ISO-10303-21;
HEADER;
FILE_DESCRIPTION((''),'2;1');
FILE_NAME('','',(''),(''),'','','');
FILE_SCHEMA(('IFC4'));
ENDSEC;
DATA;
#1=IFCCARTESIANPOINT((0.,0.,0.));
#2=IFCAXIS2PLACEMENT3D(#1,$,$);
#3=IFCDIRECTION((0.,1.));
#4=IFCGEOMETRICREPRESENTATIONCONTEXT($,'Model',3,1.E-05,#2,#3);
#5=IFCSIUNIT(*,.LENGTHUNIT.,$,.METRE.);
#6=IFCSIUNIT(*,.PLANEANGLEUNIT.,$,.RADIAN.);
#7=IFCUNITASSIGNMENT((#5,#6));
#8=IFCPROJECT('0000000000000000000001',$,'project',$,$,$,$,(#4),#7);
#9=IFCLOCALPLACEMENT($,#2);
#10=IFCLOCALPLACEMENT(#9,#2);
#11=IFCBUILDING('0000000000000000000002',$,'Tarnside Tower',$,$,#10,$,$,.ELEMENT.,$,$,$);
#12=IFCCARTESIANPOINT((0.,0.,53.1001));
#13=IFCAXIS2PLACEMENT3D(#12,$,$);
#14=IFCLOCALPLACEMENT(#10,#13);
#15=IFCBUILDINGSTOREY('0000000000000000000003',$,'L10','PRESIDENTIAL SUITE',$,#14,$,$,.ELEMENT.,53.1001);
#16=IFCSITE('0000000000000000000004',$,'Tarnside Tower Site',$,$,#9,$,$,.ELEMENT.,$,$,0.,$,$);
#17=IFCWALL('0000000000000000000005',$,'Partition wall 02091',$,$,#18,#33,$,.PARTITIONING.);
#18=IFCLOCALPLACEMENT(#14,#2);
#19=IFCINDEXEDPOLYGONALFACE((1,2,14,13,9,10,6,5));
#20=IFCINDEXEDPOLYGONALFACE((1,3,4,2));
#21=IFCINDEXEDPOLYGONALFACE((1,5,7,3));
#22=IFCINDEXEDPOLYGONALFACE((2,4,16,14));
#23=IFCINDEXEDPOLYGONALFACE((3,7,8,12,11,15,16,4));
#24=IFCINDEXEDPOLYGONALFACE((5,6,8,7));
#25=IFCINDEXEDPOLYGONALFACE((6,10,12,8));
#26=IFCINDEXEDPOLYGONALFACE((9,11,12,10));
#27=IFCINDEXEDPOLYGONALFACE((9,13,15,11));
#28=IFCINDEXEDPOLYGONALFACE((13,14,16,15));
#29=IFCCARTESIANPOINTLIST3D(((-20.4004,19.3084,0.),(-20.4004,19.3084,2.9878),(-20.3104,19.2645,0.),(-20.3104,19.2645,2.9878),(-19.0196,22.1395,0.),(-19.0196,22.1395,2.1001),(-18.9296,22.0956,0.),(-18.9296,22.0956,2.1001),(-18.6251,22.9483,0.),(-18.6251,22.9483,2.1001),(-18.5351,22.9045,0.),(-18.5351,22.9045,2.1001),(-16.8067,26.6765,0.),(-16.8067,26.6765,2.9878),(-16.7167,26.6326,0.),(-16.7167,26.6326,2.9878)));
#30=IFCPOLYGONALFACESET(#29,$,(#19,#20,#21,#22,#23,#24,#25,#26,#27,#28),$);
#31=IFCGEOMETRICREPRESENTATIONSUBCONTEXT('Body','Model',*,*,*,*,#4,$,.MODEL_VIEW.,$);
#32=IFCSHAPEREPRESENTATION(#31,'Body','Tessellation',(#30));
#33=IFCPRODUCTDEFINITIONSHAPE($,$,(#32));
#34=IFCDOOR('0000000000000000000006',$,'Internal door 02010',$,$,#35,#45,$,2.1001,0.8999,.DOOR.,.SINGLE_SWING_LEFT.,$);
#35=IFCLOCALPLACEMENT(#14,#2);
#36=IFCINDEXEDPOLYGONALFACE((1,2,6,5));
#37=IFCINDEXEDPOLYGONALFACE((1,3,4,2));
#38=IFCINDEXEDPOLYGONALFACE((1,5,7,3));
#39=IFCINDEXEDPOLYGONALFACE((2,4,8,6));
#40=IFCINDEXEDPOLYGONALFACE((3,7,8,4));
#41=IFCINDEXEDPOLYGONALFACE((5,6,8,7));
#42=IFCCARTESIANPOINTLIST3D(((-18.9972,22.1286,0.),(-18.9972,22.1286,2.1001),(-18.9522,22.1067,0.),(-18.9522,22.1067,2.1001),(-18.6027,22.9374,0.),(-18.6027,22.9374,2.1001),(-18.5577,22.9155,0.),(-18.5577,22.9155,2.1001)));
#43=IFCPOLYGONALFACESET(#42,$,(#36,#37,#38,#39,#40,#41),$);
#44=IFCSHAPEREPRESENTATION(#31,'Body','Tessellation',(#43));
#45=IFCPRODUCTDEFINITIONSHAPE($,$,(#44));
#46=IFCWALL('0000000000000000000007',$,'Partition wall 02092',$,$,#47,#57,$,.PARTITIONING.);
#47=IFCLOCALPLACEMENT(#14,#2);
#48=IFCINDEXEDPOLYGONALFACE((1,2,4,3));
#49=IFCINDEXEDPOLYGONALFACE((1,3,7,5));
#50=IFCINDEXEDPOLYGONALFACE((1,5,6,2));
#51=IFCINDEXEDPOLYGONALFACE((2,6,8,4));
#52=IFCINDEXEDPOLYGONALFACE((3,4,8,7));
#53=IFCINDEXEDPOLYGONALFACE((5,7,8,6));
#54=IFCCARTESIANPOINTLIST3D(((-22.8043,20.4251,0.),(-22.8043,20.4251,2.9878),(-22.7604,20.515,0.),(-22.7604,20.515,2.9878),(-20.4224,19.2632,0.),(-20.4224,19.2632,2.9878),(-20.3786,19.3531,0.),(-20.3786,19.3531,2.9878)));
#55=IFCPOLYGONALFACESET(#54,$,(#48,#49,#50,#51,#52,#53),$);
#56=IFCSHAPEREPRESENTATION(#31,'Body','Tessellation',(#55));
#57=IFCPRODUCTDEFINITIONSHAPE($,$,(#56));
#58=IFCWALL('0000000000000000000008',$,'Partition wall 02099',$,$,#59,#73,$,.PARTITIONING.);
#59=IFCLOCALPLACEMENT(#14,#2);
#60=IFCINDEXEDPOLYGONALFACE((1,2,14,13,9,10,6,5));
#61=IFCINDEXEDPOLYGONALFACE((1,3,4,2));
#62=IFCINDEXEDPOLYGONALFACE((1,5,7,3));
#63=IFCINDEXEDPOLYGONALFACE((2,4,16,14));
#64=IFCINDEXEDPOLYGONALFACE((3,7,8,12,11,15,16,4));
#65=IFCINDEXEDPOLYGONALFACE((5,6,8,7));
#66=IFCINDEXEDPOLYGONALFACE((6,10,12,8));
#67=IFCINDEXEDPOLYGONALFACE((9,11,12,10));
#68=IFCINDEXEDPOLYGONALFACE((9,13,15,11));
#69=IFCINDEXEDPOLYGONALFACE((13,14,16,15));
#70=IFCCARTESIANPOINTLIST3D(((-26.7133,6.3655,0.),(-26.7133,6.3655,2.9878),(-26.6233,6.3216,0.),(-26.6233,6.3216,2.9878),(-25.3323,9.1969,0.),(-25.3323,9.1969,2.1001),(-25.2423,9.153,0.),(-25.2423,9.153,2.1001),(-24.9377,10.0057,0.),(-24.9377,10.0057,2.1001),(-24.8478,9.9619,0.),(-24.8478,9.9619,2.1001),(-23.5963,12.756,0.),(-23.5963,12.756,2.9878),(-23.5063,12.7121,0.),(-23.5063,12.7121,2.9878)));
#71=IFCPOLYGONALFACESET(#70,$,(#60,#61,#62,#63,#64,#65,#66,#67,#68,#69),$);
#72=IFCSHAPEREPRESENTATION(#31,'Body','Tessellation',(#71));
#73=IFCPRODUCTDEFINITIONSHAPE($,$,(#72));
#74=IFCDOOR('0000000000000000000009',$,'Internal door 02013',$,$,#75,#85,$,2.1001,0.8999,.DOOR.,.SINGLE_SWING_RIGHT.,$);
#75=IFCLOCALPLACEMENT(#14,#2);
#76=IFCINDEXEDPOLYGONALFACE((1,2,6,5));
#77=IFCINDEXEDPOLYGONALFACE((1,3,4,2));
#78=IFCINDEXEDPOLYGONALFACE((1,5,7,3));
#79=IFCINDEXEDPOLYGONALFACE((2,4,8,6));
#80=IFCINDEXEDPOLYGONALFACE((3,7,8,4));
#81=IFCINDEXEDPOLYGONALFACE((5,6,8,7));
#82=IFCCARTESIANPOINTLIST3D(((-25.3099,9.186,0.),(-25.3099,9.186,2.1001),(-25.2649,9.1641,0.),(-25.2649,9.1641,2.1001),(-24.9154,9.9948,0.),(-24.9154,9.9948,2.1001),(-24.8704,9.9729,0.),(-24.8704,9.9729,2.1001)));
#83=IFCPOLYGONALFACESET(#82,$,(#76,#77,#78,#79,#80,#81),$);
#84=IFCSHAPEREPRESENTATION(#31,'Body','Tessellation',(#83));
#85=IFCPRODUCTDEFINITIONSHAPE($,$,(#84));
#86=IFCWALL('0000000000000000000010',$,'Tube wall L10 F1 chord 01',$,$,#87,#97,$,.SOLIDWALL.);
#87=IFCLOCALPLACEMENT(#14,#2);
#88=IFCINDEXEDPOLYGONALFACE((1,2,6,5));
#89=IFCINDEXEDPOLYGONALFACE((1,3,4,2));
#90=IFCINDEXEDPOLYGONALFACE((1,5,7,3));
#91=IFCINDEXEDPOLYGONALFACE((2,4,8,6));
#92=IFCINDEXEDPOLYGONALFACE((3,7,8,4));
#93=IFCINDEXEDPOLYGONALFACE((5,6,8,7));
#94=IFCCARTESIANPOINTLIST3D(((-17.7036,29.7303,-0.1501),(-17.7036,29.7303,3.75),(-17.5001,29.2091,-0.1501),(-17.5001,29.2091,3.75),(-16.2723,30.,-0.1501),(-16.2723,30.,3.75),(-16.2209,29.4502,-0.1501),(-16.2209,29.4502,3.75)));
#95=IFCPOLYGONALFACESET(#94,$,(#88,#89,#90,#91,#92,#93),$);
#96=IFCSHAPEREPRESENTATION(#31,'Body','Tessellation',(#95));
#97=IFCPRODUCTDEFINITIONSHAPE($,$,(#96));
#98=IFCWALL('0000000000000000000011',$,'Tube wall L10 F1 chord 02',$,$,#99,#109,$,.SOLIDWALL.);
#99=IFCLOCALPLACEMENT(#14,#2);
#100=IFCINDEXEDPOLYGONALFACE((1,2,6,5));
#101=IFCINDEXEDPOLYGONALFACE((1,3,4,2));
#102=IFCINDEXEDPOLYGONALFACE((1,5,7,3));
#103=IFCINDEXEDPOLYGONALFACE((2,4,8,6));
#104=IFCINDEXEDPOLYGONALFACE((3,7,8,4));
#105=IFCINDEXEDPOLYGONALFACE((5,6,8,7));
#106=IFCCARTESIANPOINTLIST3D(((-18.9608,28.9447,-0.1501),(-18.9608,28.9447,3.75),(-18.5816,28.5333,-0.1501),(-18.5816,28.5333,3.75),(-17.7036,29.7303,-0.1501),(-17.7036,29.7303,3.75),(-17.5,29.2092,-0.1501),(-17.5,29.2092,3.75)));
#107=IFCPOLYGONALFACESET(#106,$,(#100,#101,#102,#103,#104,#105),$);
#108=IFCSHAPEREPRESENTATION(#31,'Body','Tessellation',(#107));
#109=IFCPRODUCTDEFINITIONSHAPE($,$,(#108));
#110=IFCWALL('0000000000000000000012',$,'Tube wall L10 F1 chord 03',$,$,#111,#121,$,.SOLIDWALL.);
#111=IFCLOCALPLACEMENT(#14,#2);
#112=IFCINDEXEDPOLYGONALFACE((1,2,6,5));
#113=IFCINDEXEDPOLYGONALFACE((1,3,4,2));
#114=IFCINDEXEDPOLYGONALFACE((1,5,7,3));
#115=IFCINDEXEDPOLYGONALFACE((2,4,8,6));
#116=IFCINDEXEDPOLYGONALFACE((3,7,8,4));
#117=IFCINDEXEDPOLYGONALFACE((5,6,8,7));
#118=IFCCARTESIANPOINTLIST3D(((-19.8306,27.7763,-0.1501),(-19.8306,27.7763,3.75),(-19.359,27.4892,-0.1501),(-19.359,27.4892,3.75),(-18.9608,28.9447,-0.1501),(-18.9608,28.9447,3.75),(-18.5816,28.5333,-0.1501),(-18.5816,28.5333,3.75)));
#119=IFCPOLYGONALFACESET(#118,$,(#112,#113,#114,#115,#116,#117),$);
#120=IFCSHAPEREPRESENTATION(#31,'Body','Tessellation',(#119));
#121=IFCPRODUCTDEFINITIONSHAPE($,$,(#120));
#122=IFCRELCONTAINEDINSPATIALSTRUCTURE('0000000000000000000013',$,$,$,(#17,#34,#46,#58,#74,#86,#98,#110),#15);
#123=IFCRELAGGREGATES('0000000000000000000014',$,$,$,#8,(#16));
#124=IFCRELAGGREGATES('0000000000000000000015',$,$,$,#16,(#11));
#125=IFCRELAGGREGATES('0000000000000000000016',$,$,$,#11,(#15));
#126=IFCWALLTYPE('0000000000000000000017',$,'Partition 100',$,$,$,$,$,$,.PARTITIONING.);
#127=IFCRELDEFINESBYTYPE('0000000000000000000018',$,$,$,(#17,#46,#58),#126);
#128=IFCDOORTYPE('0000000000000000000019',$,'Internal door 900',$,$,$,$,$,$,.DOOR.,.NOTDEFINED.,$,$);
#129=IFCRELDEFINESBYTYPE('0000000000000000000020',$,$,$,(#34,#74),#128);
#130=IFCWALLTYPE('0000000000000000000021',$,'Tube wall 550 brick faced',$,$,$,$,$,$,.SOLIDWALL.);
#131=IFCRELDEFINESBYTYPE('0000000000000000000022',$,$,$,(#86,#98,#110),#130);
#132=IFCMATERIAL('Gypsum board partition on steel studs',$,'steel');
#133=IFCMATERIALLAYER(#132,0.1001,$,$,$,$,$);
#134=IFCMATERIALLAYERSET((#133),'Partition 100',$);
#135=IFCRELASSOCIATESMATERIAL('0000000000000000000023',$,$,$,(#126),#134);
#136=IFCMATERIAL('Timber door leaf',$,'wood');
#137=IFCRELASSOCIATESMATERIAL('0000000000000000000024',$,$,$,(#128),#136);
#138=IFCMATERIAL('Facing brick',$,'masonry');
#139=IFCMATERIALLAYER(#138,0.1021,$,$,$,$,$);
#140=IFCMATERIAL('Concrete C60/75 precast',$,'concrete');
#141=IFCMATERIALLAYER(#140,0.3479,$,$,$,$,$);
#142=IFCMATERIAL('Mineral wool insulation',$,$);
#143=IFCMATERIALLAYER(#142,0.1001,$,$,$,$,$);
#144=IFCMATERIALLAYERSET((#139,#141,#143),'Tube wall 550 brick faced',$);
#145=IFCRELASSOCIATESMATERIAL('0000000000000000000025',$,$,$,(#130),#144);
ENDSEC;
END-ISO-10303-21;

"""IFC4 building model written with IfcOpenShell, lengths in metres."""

from ifc_helpers import new_model, si_unit, direction, frame, frame_2d, origin, place, context, subcontext, project, spatial, polyline, rectangle, outline, extrude, material, layer, layer_set, type_object, element, fill, save


model = new_model("IFC4")

# Units and contexts
model_context = context("Model", 3, precision=1e-05, world=origin(), true_north=direction((0.0, 1.0)))
body_context = subcontext(model_context, "Body", "Model", "MODEL_VIEW")
ifc_project = project(units=[si_unit("LENGTHUNIT", "METRE"), si_unit("PLANEANGLEUNIT", "RADIAN")], contexts=[model_context])

# Site, building, storey
site_placement = place(None, origin())
site = spatial("IfcSite", under=ifc_project, at=site_placement, Name="Tarnside Tower Site", CompositionType="ELEMENT", RefElevation=0.0)
building_placement = place(site_placement, origin())
building = spatial("IfcBuilding", under=site, at=building_placement, Name="Tarnside Tower", CompositionType="ELEMENT")
storey_placement = place(building_placement, frame((0.0, 0.0, 53.1001)))
storey = spatial("IfcBuildingStorey", under=building, at=storey_placement, Name="L10", Description="PRESIDENTIAL SUITE", CompositionType="ELEMENT", Elevation=53.1001)

# Shared definitions
ifc_material_1 = material(Name="Gypsum board partition on steel studs", Category="steel")

# Shared definitions
ifc_material_2 = material(Name="Timber door leaf", Category="wood")

# Wall, opening, door
ifc_layer_1 = layer(ifc_material_1, 0.1001)
ifc_layer_set_1 = layer_set([ifc_layer_1], Name="Partition 100")
wall_type_1 = type_object("IfcWallType", Name="Partition 100", PredefinedType="PARTITIONING", material=ifc_layer_set_1)
wall_1_placement = place(storey_placement, frame((-16.7617, 26.6545, 0.0), z_axis=(0.0, 0.0, 1.0), x_axis=(-0.438377, -0.898791, 0.0)))
wall_1 = element("IfcWall", 1, at=wall_1_placement, inside=storey, type_object=wall_type_1, Name="Partition wall 02091", PredefinedType="PARTITIONING", context=body_context, shape_type="SweptSolid", body=[
    extrude(rectangle(XDim=8.1978, YDim=0.1001, at=frame_2d((4.0989, 0.0))), origin(), (0.0, 0.0, 1.0), 2.9878),
])
opening_1_placement = place(wall_1_placement, frame((4.1479, 0.0, 0.0)))
opening_1 = element("IfcOpeningElement", 2, at=opening_1_placement, cuts=wall_1, PredefinedType="OPENING", context=body_context, shape_type="SweptSolid", body=[
    extrude(rectangle(XDim=0.8999, YDim=2.1001, at=frame_2d((0.45, 1.05))), frame((0.0, 0.0601, 0.0), z_axis=(0.0, -1.0, 0.0), x_axis=(1.0, 0.0, 0.0)), (0.0, 0.0, 1.0), 0.1201),
])
door_type_1 = type_object("IfcDoorType", Name="Internal door 900", OperationType="NOTDEFINED", PredefinedType="DOOR", material=ifc_material_2)
door_1_placement = place(opening_1_placement, origin())
door_1 = element("IfcDoor", 3, at=door_1_placement, inside=storey, type_object=door_type_1, Name="Internal door 02010", OperationType="SINGLE_SWING_LEFT", OverallHeight=2.1001, OverallWidth=0.8999, PredefinedType="DOOR", context=body_context, shape_type="SweptSolid", body=[
    extrude(rectangle(XDim=0.8999, YDim=2.1001, at=frame_2d((0.45, 1.05))), frame((0.0, 0.0249, 0.0), z_axis=(0.0, -1.0, 0.0), x_axis=(1.0, 0.0, 0.0)), (0.0, 0.0, 1.0), 0.05),
])
fill(opening_1, door_1)

# Wall
wall_2_placement = place(storey_placement, frame((-20.4004, 19.3081, 0.0), z_axis=(0.0, 0.0, 1.0), x_axis=(-0.898769, 0.438422, 0.0)))
element("IfcWall", 4, at=wall_2_placement, inside=storey, type_object=wall_type_1, Name="Partition wall 02092", PredefinedType="PARTITIONING", context=body_context, shape_type="SweptSolid", body=[
    extrude(rectangle(XDim=2.6501, YDim=0.1001, at=frame_2d((1.3252, 0.0))), origin(), (0.0, 0.0, 1.0), 2.9878),
])

# Wall, opening, door
wall_3_placement = place(storey_placement, frame((-23.5513, 12.7341, 0.0), z_axis=(0.0, 0.0, 1.0), x_axis=(-0.438388, -0.898786, 0.0)))
wall_3 = element("IfcWall", 5, at=wall_3_placement, inside=storey, type_object=wall_type_1, Name="Partition wall 02099", PredefinedType="PARTITIONING", context=body_context, shape_type="SweptSolid", body=[
    extrude(rectangle(XDim=7.1101, YDim=0.1001, at=frame_2d((3.5552, 0.0))), origin(), (0.0, 0.0, 1.0), 2.9878),
])
opening_2_placement = place(wall_3_placement, frame((3.0601, 0.0, 0.0)))
opening_2 = element("IfcOpeningElement", 6, at=opening_2_placement, cuts=wall_3, PredefinedType="OPENING", context=body_context, shape_type="SweptSolid", body=[
    extrude(rectangle(XDim=0.8999, YDim=2.1001, at=frame_2d((0.45, 1.05))), frame((0.0, 0.0601, 0.0), z_axis=(0.0, -1.0, 0.0), x_axis=(1.0, 0.0, 0.0)), (0.0, 0.0, 1.0), 0.1201),
])
door_2_placement = place(opening_2_placement, origin())
door_2 = element("IfcDoor", 7, at=door_2_placement, inside=storey, type_object=door_type_1, Name="Internal door 02013", OperationType="SINGLE_SWING_RIGHT", OverallHeight=2.1001, OverallWidth=0.8999, PredefinedType="DOOR", context=body_context, shape_type="SweptSolid", body=[
    extrude(rectangle(XDim=0.8999, YDim=2.1001, at=frame_2d((0.45, 1.05))), frame((0.0, 0.0249, 0.0), z_axis=(0.0, -1.0, 0.0), x_axis=(1.0, 0.0, 0.0)), (0.0, 0.0, 1.0), 0.05),
])
fill(opening_2, door_2)

# Walls
ifc_material_3 = material(Name="Facing brick", Category="masonry")
ifc_layer_2 = layer(ifc_material_3, 0.1021)
ifc_material_4 = material(Name="Concrete C60/75 precast", Category="concrete")
ifc_layer_3 = layer(ifc_material_4, 0.3479)
ifc_material_5 = material(Name="Mineral wool insulation")
ifc_layer_4 = layer(ifc_material_5, 0.1001)
ifc_layer_set_2 = layer_set([ifc_layer_2, ifc_layer_3, ifc_layer_4], Name="Tube wall 550 brick faced")
wall_type_2 = type_object("IfcWallType", Name="Tube wall 550 brick faced", PredefinedType="SOLIDWALL", material=ifc_layer_set_2)
wall_4_placement = place(storey_placement, frame((-16.2466, 29.7251, -0.1501), z_axis=(0.0, 0.0, 1.0), x_axis=(-0.982705, -0.185176, 0.0)))
element("IfcWall", 8, at=wall_4_placement, inside=storey, type_object=wall_type_2, Name="Tube wall L10 F1 chord 01", PredefinedType="SOLIDWALL", context=body_context, shape_type="SweptSolid", body=[
    extrude(outline(polyline([(-0.0256, -0.2749), (1.4309, -0.2749), (1.3274, 0.2749), (0.0256, 0.2749), (-0.0256, -0.2749)])), origin(), (0.0, 0.0, 1.0), 3.9001),
])
wall_5_placement = place(storey_placement, frame((-17.6018, 29.4697, -0.1501), z_axis=(0.0, 0.0, 1.0), x_axis=(-0.848058, -0.529903, 0.0)))
element("IfcWall", 9, at=wall_5_placement, inside=storey, type_object=wall_type_2, Name="Tube wall L10 F1 chord 02", PredefinedType="SOLIDWALL", context=body_context, shape_type="SweptSolid", body=[
    extrude(outline(polyline([(-0.0518, -0.2749), (1.4307, -0.2749), (1.3271, 0.2749), (0.0518, 0.2749), (-0.0518, -0.2749)])), origin(), (0.0, 0.0, 1.0), 3.9001),
])
wall_6_placement = place(storey_placement, frame((-18.7712, 28.739, -0.1501), z_axis=(0.0, 0.0, 1.0), x_axis=(-0.597135, -0.802141, 0.0)))
element("IfcWall", 10, at=wall_6_placement, inside=storey, type_object=wall_type_2, Name="Tube wall L10 F1 chord 03", PredefinedType="SOLIDWALL", context=body_context, shape_type="SweptSolid", body=[
    extrude(outline(polyline([(-0.0518, -0.2749), (1.4048, -0.2749), (1.3535, 0.2749), (0.0518, 0.2749), (-0.0518, -0.2749)])), origin(), (0.0, 0.0, 1.0), 3.9001),
])

save(model, "model.ifc")
